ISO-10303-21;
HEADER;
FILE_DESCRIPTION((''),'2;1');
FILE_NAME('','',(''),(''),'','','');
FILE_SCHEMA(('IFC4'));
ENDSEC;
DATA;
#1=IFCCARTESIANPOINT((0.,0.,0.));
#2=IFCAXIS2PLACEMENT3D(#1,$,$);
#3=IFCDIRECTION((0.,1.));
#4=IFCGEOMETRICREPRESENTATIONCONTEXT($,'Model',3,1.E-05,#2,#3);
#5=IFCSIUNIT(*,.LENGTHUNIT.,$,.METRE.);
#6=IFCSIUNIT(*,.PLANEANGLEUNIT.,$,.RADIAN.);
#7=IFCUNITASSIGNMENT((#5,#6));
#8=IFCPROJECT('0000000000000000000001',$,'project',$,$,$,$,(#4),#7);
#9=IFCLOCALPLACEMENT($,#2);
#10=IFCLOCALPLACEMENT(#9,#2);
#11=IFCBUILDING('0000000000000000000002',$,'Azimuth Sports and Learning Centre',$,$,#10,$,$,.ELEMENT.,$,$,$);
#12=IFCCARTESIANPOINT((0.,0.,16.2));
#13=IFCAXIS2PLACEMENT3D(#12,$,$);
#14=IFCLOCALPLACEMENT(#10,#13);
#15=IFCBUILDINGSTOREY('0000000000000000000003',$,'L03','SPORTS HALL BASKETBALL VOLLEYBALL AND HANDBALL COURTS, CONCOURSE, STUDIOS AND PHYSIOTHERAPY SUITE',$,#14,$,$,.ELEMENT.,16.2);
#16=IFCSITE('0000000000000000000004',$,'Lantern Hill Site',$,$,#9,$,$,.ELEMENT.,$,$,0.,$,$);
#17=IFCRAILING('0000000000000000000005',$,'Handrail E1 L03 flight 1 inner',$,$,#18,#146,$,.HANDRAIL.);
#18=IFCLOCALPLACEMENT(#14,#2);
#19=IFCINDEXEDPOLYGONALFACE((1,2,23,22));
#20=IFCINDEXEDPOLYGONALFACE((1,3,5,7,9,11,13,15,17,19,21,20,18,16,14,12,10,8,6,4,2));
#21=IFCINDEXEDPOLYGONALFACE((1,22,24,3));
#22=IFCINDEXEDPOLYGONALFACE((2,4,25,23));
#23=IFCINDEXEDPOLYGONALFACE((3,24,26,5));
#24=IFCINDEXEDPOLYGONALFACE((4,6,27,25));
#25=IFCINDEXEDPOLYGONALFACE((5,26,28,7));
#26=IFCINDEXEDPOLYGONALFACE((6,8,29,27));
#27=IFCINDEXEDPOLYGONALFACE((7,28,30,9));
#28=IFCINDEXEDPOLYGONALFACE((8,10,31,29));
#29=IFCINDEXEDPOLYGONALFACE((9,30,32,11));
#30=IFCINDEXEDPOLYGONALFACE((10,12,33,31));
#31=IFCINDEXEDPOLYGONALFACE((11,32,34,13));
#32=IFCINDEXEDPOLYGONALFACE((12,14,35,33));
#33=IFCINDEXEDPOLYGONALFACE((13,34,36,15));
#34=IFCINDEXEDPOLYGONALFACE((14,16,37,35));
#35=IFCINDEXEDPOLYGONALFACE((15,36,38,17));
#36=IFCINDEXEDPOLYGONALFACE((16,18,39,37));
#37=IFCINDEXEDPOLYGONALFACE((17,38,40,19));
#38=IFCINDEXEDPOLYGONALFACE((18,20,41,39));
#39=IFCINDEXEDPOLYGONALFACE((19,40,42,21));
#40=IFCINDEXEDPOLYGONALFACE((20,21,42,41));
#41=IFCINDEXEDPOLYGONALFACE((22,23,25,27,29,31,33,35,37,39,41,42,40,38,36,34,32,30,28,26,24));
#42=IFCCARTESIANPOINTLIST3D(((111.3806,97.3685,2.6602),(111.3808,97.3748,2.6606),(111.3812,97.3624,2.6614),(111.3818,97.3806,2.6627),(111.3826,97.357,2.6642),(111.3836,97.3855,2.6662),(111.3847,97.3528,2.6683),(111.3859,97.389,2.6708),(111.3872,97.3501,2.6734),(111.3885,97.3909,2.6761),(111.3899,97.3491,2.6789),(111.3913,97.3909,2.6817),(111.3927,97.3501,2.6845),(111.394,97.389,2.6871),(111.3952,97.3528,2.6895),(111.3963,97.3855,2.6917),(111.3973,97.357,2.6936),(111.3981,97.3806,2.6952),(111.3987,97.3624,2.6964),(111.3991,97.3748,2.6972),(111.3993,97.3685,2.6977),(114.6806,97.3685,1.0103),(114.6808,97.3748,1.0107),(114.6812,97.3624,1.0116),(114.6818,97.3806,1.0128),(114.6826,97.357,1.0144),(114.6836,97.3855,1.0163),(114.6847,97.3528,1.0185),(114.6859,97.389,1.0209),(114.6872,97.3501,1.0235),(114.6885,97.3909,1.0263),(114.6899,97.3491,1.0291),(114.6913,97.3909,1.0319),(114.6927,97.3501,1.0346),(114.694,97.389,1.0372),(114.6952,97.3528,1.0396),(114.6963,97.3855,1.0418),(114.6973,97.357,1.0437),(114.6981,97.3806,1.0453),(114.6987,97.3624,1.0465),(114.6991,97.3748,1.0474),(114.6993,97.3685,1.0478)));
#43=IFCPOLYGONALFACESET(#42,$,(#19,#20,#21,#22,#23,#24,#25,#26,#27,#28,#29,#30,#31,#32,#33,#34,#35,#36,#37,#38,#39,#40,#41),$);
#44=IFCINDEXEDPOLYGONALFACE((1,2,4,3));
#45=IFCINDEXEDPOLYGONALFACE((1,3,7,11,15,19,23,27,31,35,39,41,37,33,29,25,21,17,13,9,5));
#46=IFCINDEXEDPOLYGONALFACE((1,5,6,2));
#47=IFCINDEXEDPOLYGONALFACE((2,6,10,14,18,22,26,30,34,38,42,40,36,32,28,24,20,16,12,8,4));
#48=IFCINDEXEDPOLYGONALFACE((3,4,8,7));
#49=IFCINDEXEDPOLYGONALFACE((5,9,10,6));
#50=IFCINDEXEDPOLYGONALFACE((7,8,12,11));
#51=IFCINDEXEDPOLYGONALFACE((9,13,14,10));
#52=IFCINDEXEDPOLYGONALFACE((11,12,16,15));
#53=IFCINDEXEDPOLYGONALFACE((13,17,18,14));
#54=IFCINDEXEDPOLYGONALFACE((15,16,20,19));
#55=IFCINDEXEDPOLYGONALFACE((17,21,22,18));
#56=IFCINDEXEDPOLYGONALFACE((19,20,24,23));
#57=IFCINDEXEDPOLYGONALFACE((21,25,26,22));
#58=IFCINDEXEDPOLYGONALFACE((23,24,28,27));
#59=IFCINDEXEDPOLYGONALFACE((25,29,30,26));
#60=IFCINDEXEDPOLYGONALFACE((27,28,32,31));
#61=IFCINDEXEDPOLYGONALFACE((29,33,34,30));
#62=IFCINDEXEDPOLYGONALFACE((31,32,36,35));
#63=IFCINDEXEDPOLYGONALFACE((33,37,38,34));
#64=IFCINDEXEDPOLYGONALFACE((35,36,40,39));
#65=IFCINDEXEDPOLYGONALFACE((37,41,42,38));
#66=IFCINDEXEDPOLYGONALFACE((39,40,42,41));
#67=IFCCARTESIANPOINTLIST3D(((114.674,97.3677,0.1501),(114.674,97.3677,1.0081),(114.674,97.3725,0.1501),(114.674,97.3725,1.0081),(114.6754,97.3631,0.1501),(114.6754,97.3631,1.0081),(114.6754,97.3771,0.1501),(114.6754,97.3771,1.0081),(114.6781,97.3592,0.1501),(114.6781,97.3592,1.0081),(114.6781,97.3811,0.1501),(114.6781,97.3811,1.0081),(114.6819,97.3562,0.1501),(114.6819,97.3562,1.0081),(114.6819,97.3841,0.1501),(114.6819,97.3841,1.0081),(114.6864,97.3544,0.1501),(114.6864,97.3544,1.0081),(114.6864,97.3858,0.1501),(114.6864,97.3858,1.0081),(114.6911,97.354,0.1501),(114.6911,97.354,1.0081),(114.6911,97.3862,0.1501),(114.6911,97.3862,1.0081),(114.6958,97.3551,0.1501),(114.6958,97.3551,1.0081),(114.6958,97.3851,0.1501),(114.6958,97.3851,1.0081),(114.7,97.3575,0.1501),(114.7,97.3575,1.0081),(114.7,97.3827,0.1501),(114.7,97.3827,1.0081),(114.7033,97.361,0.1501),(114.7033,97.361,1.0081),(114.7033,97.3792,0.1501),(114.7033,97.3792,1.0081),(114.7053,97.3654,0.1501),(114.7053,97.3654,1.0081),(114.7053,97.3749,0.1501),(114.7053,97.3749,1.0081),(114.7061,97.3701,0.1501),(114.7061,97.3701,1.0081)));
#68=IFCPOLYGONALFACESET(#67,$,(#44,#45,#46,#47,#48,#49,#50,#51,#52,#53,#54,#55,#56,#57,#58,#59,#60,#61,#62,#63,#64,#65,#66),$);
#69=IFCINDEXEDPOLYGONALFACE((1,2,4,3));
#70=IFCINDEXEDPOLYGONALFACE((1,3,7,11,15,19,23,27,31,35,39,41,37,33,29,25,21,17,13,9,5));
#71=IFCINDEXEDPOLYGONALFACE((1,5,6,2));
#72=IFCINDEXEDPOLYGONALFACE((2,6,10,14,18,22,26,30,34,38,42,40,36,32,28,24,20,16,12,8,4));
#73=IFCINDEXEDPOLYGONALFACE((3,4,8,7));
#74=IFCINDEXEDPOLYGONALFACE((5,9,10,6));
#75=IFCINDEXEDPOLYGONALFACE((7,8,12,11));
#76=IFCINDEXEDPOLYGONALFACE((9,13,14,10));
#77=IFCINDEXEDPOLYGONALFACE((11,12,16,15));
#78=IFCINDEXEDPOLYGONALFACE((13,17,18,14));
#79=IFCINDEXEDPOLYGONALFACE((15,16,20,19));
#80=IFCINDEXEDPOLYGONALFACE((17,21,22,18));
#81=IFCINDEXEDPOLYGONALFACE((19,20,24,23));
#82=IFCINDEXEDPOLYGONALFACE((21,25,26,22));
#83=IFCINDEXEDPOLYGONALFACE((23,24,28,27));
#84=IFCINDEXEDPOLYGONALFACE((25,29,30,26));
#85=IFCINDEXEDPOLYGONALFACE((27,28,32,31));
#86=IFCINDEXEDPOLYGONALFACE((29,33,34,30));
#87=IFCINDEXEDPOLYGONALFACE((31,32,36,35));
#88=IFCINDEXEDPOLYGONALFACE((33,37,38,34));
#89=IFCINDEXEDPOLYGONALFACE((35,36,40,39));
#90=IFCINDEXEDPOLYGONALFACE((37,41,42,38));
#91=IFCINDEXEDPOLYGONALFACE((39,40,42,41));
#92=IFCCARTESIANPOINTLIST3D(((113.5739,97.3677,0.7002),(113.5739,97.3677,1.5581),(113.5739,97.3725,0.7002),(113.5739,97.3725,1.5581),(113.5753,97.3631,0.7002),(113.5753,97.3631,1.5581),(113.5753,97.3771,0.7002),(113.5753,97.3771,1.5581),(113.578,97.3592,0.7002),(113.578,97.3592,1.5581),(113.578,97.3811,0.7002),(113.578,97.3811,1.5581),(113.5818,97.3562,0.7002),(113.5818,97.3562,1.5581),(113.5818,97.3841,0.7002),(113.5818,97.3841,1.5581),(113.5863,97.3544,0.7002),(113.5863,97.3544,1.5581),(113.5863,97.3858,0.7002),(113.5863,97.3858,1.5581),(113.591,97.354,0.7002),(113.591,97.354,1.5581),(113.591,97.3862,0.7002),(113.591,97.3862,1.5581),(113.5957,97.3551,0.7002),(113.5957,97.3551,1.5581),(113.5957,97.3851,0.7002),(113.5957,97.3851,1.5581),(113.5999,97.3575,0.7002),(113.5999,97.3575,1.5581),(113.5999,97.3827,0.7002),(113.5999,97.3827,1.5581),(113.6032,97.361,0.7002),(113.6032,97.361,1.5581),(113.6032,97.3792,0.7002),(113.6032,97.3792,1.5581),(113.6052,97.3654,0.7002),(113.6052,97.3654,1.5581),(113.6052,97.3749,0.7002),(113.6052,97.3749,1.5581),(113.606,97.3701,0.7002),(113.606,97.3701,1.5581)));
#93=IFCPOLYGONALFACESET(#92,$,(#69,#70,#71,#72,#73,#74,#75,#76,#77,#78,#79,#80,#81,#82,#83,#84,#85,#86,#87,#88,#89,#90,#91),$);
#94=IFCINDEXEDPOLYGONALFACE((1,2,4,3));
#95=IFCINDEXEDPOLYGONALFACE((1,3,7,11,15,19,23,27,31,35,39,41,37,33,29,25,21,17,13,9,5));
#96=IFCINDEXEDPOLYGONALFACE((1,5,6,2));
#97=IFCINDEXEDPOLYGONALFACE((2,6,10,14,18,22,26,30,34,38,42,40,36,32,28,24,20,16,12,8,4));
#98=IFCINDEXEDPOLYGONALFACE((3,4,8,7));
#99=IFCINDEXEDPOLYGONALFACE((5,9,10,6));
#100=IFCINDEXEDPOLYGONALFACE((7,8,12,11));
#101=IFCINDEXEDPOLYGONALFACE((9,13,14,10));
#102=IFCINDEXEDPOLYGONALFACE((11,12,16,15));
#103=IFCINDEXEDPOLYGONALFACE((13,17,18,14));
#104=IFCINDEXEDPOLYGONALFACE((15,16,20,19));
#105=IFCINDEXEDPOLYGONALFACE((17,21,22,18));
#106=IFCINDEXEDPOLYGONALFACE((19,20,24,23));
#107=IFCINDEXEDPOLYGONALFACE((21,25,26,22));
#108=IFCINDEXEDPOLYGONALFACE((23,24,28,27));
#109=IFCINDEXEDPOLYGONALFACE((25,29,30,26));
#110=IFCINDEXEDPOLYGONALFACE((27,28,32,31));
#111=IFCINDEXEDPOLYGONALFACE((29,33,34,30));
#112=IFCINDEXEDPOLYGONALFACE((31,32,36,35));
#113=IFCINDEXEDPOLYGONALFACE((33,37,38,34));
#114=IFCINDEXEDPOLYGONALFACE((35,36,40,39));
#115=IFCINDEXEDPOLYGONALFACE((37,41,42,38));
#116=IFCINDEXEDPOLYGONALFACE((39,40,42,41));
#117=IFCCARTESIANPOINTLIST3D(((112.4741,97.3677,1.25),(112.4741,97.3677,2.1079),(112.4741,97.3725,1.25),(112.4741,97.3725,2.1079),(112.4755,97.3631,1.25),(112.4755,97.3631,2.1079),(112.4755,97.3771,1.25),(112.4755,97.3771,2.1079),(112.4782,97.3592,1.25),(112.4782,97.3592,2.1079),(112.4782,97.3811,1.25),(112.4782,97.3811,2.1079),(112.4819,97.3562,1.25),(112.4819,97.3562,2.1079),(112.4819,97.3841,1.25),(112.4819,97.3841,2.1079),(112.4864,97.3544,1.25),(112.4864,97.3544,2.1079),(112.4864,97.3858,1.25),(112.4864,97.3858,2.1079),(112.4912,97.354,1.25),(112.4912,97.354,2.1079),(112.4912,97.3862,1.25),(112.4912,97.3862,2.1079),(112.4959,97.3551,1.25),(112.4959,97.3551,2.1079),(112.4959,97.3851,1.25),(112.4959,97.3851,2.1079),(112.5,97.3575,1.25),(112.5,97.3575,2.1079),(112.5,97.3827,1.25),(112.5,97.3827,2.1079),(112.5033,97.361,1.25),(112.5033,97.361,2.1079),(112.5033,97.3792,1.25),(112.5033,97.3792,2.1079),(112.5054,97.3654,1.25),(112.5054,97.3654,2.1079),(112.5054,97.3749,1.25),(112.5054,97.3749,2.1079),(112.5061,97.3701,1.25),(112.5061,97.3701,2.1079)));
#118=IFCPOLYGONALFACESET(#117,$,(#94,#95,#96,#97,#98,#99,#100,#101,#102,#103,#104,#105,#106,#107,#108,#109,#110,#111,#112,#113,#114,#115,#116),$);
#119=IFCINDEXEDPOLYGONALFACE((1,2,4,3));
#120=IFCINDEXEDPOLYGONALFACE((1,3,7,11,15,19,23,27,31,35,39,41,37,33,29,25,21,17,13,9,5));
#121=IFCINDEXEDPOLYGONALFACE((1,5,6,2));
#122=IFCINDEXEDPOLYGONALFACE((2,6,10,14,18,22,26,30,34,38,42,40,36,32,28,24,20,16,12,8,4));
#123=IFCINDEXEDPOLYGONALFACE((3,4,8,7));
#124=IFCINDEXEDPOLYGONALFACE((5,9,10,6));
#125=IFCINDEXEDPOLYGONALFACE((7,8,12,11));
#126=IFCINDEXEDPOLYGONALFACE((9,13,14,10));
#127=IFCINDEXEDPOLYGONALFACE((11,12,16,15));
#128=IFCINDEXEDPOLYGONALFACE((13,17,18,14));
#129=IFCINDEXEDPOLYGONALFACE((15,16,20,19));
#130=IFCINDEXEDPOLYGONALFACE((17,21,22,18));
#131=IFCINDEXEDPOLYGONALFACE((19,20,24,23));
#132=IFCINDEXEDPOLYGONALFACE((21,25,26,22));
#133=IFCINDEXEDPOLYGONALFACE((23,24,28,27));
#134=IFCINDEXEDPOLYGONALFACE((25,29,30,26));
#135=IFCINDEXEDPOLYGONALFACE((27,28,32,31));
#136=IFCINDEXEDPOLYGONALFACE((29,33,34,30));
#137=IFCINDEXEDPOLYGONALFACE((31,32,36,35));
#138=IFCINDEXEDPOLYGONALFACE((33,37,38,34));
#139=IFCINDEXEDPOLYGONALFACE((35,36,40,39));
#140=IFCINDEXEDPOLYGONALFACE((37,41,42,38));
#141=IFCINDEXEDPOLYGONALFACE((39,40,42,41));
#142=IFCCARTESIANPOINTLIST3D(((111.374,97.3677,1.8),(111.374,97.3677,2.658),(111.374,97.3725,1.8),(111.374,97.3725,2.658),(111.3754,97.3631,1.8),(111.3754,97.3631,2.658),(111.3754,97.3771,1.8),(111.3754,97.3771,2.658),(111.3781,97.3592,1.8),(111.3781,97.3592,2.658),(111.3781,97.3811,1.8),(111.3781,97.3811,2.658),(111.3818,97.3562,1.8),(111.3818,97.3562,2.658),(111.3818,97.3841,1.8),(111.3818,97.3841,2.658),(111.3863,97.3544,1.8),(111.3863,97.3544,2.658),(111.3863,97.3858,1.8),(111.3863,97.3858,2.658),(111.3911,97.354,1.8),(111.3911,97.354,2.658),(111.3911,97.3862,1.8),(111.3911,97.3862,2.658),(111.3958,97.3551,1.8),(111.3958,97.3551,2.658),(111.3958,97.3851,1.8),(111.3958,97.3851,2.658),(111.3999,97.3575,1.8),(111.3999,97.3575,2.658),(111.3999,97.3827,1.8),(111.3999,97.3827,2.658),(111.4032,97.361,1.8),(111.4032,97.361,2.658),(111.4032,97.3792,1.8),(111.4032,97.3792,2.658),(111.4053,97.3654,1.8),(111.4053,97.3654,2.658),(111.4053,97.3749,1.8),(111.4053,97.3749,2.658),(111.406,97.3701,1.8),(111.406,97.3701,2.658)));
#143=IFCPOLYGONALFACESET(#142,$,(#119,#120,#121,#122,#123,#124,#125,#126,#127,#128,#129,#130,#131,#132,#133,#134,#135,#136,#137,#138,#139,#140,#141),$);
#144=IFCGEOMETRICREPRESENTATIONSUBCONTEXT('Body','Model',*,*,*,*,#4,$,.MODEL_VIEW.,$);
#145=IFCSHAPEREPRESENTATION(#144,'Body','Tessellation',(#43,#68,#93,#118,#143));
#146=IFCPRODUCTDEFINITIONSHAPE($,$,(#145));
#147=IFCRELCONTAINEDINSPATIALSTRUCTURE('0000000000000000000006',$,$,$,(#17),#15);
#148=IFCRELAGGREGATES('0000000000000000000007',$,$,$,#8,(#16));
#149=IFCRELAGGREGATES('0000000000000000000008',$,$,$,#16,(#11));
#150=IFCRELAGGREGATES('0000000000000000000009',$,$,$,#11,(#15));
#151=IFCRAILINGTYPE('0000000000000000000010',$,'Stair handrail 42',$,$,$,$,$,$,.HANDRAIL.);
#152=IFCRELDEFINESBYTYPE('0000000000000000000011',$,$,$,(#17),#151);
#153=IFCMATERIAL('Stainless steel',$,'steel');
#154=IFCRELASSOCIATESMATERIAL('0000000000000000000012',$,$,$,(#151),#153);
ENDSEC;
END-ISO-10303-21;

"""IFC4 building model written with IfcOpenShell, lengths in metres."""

from ifc_helpers import new_model, si_unit, direction, frame, origin, origin_2d, place, context, subcontext, project, spatial, circle, extrude, material, type_object, element, save


model = new_model("IFC4")

# Units and contexts
model_context = context("Model", 3, precision=1e-05, world=origin(), true_north=direction((0.0, 1.0)))
body_context = subcontext(model_context, "Body", "Model", "MODEL_VIEW")
ifc_project = project(units=[si_unit("LENGTHUNIT", "METRE"), si_unit("PLANEANGLEUNIT", "RADIAN")], contexts=[model_context])

# Site, building, storey
site_placement = place(None, origin())
site = spatial("IfcSite", under=ifc_project, at=site_placement, Name="Lantern Hill Site", CompositionType="ELEMENT", RefElevation=0.0)
building_placement = place(site_placement, origin())
building = spatial("IfcBuilding", under=site, at=building_placement, Name="Azimuth Sports and Learning Centre", CompositionType="ELEMENT")
storey_placement = place(building_placement, frame((0.0, 0.0, 16.2)))
storey = spatial("IfcBuildingStorey", under=building, at=storey_placement, Name="L03", Description="SPORTS HALL BASKETBALL VOLLEYBALL AND HANDBALL COURTS, CONCOURSE, STUDIOS AND PHYSIOTHERAPY SUITE", CompositionType="ELEMENT", Elevation=16.2)

# Railing
ifc_material_1 = material(Name="Stainless steel", Category="steel")
railing_type_1 = type_object("IfcRailingType", Name="Stair handrail 42", PredefinedType="HANDRAIL", material=ifc_material_1)
for number, where, name in (
    (1, (114.6899, 97.3701, 0.1501), "Handrail E1 L03 flight 1 inner"),
):
    element("IfcRailing", number, at=place(storey_placement, frame(where)), inside=storey, type_object=railing_type_1, Name=name, PredefinedType="HANDRAIL", context=body_context, shape_type="SweptSolid", body=[
        extrude(circle(Radius=0.021, at=origin_2d()), frame((0.0, 0.0, 0.8789), z_axis=(-0.89444, 0.0, 0.447187), x_axis=(0.0, -1.0, 0.0)), (0.0, 0.0, 1.0), 3.6895),
        extrude(circle(Radius=0.0161, at=origin_2d()), origin(), (0.0, 0.0, 1.0), 0.8579),
        extrude(circle(Radius=0.0161, at=origin_2d()), frame((-1.1001, 0.0, 0.55)), (0.0, 0.0, 1.0), 0.8579),
        extrude(circle(Radius=0.0161, at=origin_2d()), frame((-2.2, 0.0, 1.0999)), (0.0, 0.0, 1.0), 0.8579),
        extrude(circle(Radius=0.0161, at=origin_2d()), frame((-3.3, 0.0, 1.6499)), (0.0, 0.0, 1.0), 0.8579),
    ])

save(model, "model.ifc")
